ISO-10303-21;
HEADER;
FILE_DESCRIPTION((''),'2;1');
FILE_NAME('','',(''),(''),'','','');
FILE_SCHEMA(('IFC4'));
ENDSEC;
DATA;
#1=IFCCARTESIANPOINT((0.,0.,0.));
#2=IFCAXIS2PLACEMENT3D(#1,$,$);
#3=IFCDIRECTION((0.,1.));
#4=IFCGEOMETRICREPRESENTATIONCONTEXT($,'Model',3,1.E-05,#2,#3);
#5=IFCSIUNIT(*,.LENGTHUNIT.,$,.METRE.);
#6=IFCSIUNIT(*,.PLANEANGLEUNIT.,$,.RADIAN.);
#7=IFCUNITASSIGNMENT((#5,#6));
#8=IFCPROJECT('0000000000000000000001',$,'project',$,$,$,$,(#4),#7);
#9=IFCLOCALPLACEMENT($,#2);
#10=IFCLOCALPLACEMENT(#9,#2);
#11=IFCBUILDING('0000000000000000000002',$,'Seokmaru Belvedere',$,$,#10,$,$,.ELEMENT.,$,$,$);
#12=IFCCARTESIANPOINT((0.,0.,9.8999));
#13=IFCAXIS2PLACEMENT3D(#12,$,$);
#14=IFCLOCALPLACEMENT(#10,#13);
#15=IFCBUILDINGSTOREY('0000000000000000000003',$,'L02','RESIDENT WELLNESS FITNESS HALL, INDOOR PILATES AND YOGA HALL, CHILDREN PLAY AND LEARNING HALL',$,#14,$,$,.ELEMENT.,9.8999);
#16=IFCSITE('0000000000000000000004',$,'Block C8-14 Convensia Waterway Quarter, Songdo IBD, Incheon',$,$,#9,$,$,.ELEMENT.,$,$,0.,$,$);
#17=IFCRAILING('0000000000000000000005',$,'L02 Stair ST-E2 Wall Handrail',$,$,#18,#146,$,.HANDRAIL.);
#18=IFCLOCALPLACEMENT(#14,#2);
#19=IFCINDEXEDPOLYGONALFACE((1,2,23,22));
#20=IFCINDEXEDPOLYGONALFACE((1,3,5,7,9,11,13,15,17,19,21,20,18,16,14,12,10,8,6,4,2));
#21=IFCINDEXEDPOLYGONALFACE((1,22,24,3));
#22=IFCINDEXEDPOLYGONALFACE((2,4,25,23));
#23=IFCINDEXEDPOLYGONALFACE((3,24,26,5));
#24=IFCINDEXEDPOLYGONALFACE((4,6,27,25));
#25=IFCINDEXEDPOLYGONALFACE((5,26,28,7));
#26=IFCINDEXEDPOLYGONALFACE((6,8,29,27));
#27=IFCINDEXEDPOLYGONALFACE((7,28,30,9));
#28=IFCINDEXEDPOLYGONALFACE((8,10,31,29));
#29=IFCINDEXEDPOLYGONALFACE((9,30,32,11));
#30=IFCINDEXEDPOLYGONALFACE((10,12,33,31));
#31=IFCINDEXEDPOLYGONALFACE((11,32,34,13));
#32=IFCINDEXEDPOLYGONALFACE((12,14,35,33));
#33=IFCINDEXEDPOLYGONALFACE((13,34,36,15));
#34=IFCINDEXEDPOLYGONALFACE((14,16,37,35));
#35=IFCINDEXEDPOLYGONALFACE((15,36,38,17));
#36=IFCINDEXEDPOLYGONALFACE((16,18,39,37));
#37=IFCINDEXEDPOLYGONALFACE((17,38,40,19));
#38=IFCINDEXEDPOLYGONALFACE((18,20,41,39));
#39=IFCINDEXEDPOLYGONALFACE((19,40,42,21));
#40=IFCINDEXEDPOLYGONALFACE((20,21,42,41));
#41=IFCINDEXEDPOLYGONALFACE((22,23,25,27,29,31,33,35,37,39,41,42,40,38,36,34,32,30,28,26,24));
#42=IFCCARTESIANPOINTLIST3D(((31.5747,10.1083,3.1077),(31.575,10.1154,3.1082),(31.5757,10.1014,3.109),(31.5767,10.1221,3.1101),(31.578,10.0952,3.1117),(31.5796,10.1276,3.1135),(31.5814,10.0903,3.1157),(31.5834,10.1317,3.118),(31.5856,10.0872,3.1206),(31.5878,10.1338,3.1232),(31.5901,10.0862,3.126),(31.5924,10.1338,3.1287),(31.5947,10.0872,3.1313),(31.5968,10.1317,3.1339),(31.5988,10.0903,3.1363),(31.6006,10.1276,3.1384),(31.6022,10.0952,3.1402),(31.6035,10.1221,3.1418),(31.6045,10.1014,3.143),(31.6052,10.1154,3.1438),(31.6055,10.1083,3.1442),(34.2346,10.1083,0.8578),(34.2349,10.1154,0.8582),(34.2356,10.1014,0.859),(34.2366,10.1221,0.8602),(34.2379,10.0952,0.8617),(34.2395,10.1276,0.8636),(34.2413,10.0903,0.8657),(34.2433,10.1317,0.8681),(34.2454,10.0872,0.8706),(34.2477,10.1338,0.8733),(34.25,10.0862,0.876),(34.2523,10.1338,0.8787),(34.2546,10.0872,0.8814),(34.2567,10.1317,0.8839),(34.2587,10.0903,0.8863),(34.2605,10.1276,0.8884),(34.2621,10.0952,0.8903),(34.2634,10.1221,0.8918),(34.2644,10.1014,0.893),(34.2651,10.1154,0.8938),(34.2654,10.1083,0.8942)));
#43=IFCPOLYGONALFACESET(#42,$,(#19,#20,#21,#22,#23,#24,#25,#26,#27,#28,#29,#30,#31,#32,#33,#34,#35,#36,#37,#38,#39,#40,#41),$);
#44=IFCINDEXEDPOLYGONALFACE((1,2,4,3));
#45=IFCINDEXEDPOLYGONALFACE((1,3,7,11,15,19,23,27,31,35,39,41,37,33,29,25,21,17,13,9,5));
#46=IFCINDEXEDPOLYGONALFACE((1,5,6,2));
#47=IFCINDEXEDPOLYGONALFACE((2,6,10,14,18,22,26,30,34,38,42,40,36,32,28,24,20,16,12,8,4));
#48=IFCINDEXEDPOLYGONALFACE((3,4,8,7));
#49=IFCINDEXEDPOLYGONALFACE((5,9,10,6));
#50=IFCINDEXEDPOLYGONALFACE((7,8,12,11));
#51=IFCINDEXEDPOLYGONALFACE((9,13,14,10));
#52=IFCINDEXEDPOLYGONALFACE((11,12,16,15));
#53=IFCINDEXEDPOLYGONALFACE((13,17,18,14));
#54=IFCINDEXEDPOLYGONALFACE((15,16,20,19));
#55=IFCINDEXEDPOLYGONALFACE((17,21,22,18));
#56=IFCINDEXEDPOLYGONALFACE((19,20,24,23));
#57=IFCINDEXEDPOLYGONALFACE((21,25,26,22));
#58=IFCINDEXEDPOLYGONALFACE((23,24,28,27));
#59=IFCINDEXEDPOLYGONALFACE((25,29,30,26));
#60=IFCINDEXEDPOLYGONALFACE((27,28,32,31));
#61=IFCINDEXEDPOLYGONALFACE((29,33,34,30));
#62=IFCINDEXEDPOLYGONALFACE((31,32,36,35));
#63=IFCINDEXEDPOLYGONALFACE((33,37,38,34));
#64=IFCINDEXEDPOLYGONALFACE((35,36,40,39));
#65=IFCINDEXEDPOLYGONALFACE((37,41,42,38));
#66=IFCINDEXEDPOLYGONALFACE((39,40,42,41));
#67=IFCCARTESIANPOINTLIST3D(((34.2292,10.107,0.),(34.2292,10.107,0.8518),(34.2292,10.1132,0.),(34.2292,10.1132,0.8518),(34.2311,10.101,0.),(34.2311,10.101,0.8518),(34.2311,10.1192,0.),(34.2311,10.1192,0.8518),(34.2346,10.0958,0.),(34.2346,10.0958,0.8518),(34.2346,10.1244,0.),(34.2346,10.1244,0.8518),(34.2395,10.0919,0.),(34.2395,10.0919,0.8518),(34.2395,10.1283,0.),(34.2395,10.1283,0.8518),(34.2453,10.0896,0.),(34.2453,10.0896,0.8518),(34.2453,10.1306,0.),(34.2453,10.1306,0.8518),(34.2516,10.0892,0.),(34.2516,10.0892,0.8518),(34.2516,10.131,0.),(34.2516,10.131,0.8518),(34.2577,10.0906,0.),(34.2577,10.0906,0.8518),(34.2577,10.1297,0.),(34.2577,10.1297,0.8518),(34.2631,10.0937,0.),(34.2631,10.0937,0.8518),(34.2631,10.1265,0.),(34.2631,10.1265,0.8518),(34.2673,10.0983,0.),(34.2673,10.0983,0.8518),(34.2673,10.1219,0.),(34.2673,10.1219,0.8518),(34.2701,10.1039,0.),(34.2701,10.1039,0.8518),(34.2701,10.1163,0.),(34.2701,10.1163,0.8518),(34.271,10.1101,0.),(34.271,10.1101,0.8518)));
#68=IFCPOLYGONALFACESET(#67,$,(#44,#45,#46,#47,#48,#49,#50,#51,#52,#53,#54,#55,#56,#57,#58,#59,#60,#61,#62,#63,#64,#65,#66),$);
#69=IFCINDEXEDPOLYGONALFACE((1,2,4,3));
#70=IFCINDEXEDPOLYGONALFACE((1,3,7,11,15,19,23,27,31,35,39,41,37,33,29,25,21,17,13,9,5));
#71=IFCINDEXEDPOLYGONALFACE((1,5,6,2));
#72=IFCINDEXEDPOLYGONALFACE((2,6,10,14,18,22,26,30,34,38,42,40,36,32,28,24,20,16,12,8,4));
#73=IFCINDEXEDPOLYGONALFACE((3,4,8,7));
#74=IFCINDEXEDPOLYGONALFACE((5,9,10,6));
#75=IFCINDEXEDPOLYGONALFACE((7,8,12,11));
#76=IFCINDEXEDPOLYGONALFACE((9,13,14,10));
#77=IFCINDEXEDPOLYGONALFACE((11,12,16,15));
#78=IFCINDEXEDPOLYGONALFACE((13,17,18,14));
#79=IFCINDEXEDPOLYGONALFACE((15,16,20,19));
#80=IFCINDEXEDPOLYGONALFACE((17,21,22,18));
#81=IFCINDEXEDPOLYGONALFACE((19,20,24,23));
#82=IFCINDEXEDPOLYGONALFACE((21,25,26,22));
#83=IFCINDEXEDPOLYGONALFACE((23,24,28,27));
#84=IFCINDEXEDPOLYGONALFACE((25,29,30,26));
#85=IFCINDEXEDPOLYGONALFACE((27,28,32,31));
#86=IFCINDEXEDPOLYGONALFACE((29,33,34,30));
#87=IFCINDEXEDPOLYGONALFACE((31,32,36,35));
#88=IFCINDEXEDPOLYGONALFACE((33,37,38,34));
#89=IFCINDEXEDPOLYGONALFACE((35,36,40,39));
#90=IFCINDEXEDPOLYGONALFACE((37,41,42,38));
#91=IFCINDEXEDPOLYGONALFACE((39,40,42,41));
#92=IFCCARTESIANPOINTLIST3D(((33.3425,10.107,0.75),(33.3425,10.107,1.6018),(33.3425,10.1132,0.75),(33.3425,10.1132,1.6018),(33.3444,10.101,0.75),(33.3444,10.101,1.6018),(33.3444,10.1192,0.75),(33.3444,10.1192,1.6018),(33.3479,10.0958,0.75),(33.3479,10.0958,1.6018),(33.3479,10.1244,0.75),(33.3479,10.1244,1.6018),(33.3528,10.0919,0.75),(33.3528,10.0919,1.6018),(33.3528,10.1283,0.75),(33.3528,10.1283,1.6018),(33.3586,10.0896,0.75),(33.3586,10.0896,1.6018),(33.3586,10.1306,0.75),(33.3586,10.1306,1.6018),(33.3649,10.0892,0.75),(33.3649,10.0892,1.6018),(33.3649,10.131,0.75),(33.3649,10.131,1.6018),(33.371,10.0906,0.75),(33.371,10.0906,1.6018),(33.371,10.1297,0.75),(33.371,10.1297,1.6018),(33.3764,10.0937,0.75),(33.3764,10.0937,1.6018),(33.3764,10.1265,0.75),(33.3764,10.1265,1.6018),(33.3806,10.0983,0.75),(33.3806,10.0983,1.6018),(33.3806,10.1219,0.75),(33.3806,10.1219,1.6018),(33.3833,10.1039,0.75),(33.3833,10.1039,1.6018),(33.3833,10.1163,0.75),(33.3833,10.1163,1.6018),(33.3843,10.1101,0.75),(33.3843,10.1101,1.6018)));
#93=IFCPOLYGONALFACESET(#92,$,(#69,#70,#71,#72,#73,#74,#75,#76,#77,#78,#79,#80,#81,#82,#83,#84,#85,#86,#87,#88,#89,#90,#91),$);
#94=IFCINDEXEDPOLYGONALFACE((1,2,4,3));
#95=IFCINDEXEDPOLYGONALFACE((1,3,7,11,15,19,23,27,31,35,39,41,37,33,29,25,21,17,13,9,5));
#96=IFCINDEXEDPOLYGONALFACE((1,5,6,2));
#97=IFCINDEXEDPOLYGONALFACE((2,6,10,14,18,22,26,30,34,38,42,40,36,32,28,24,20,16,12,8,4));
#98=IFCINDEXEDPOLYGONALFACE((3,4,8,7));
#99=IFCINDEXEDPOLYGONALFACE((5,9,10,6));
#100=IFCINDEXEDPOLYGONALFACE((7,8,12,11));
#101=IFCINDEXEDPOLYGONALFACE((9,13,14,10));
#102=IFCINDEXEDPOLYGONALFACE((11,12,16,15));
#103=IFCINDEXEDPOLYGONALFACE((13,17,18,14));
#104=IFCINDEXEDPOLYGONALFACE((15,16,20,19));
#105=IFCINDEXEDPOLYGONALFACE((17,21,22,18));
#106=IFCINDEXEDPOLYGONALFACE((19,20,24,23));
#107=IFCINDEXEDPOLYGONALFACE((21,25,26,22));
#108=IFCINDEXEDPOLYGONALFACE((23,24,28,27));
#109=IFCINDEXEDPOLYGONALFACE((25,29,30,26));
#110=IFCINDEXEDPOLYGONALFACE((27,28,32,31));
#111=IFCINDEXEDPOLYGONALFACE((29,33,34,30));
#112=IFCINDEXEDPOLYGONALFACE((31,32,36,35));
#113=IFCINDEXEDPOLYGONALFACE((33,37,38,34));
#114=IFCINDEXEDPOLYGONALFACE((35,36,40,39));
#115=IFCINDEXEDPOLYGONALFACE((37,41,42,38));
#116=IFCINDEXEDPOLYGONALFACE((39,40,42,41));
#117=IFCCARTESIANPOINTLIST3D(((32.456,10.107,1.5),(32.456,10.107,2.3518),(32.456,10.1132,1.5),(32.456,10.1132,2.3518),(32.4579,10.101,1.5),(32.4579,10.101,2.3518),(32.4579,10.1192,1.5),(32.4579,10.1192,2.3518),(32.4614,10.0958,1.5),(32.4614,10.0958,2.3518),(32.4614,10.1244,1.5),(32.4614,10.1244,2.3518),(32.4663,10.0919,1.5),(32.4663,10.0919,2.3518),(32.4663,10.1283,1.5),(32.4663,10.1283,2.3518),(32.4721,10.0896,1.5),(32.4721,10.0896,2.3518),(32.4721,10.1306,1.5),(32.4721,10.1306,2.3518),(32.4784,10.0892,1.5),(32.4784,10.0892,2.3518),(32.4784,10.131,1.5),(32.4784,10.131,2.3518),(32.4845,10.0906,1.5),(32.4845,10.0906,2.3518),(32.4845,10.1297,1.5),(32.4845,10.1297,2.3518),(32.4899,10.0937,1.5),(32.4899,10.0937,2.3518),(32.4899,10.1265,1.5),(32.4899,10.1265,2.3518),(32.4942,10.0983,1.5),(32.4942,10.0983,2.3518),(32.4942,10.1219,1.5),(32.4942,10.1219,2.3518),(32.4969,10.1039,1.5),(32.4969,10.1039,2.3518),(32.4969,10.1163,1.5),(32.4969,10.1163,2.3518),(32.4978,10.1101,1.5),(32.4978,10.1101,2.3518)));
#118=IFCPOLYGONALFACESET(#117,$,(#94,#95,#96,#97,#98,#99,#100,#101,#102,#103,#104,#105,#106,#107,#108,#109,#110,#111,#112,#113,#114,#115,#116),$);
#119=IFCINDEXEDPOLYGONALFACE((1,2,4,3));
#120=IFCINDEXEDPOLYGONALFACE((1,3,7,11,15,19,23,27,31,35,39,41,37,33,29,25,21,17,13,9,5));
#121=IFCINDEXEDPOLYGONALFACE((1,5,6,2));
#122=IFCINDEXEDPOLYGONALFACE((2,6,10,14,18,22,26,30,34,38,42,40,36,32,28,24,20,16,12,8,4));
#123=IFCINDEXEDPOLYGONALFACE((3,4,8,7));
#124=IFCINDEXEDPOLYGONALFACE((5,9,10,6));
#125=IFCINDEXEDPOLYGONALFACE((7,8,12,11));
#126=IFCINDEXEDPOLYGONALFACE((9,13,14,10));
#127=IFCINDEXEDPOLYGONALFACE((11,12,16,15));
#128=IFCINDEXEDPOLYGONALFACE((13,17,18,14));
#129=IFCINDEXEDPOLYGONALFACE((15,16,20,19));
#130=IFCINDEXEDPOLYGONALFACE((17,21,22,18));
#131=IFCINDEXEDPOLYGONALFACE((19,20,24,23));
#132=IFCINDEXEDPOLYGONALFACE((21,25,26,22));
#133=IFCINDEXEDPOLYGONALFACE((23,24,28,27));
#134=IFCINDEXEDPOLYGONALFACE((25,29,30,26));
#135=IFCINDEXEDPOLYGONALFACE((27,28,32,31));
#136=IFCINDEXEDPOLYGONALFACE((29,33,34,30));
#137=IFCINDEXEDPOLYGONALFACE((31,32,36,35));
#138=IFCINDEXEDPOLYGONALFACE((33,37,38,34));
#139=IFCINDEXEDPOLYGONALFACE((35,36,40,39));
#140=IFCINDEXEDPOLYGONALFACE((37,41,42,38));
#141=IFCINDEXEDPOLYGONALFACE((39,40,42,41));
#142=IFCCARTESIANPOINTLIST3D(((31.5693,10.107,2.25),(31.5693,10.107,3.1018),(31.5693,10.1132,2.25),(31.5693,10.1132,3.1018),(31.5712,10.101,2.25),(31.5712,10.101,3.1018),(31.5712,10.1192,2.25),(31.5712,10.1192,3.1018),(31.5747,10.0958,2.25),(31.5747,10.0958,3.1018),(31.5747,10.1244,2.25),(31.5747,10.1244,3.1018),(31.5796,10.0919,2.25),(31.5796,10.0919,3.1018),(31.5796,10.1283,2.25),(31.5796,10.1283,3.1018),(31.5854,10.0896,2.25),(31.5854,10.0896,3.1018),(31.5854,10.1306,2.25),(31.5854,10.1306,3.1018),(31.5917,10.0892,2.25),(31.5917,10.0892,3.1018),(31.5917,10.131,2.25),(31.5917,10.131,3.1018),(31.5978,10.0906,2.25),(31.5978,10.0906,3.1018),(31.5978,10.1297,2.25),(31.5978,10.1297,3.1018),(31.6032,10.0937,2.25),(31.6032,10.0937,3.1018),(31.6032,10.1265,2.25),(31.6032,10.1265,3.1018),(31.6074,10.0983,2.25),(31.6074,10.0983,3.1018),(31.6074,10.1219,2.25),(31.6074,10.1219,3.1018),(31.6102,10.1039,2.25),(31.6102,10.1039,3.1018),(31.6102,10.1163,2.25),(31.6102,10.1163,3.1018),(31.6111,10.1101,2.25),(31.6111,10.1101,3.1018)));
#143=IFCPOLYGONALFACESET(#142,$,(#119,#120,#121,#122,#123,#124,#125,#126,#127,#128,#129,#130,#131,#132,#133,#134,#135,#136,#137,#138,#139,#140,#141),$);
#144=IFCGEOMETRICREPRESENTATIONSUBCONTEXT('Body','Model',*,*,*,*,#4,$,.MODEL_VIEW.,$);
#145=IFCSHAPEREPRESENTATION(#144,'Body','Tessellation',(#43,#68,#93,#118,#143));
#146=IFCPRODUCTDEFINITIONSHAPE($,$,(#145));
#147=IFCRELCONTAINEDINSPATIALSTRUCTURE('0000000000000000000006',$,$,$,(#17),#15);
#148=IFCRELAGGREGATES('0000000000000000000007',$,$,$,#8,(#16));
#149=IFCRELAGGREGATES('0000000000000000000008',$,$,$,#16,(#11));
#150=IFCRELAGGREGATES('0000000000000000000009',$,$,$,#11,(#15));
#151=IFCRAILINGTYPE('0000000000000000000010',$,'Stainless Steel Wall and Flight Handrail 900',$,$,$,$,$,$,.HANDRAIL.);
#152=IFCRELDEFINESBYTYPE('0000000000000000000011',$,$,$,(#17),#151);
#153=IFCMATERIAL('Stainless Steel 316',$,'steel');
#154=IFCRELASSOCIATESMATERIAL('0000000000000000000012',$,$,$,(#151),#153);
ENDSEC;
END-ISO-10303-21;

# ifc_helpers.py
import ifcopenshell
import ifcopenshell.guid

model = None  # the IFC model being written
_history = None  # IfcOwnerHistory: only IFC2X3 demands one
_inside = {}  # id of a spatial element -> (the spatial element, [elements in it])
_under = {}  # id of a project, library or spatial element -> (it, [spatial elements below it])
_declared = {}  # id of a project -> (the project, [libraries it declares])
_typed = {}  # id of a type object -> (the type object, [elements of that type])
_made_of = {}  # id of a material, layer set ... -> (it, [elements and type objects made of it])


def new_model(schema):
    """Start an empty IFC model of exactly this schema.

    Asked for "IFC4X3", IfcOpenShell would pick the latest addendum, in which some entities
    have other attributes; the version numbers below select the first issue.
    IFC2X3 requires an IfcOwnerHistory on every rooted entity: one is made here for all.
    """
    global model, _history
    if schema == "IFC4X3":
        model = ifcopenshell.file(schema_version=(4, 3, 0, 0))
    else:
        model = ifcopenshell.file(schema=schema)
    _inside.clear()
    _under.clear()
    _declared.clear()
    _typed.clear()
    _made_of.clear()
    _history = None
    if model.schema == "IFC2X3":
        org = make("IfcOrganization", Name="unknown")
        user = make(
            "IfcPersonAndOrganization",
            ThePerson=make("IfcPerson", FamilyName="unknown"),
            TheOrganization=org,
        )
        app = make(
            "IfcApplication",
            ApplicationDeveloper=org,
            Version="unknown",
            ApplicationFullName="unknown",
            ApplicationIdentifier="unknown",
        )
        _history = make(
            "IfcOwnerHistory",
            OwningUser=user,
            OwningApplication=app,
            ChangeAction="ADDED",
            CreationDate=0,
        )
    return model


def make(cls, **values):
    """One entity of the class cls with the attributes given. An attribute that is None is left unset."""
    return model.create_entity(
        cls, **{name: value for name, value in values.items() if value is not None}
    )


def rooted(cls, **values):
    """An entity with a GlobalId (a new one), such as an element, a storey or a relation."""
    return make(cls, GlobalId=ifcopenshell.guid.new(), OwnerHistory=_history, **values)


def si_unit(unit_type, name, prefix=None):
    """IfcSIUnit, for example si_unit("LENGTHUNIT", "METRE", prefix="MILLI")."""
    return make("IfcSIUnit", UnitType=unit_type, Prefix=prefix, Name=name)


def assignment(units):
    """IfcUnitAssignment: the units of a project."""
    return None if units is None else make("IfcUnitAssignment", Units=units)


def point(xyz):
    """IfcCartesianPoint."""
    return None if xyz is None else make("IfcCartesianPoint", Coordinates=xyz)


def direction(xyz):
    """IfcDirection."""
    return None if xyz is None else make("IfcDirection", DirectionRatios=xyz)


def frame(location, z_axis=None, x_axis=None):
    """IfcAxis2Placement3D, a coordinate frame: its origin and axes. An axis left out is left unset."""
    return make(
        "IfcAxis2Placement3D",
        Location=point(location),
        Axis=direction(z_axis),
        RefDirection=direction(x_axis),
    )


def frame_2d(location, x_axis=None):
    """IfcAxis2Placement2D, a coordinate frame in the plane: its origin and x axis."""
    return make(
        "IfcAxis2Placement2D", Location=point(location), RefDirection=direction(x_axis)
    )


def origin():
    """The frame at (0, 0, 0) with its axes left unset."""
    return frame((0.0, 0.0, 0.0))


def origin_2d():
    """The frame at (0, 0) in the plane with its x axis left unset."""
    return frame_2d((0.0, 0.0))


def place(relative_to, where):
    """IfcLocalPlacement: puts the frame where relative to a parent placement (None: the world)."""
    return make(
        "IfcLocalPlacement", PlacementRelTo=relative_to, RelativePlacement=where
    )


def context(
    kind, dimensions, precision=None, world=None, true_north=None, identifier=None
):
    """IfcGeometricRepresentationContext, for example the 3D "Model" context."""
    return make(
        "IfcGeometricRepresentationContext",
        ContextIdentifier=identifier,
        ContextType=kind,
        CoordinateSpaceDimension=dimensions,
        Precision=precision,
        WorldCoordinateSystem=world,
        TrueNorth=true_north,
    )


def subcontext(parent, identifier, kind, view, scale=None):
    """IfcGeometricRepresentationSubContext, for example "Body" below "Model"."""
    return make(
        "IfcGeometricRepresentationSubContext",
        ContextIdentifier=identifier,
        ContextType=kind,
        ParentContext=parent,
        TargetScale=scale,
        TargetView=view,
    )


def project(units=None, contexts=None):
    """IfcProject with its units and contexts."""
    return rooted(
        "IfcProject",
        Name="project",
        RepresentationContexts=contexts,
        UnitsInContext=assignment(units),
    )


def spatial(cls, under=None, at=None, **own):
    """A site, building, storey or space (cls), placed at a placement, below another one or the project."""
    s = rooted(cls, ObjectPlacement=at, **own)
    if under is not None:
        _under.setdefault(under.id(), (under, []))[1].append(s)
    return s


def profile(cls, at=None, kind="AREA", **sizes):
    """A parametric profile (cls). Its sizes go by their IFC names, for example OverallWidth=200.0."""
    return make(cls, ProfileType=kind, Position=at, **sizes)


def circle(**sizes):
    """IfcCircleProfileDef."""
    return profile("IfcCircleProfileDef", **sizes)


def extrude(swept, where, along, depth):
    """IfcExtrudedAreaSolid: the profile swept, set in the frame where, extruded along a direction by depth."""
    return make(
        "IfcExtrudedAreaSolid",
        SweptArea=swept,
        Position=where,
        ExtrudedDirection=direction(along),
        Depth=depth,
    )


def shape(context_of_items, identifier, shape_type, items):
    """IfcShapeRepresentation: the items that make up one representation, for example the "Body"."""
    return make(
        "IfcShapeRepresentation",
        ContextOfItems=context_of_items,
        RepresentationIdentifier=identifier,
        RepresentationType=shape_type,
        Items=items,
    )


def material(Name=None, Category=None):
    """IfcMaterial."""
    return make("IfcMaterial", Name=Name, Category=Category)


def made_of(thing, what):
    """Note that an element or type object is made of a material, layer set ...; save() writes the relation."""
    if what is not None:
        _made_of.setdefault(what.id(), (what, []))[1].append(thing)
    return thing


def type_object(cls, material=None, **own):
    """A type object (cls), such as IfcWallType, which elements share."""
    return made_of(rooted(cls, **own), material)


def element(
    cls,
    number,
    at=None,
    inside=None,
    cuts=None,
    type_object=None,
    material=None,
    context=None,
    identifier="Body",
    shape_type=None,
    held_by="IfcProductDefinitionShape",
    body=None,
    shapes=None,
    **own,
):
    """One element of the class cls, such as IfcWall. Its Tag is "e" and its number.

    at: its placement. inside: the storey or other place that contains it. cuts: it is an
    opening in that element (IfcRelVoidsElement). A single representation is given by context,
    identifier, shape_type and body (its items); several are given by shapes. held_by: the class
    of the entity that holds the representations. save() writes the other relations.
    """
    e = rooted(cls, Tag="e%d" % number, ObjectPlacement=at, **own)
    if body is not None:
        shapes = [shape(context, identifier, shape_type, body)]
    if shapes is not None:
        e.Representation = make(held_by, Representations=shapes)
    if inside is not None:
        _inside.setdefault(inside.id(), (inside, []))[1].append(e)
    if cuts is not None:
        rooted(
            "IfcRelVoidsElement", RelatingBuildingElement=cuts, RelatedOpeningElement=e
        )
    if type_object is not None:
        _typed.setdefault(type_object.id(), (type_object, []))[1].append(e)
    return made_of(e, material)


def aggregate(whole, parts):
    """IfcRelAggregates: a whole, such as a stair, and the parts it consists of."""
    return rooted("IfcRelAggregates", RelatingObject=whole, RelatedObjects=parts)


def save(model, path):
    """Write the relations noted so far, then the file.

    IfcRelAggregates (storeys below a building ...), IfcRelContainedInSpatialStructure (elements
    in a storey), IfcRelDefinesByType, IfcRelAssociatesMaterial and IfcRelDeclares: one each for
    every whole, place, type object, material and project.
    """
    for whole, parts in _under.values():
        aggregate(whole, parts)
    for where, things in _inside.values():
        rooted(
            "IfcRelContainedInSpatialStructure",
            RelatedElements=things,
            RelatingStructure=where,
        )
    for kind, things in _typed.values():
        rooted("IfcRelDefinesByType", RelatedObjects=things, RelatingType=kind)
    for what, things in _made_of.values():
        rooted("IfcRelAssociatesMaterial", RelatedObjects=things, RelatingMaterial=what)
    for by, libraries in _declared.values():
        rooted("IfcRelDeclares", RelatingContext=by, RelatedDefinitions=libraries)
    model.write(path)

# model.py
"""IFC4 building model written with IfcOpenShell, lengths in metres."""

from ifc_helpers import new_model, si_unit, direction, frame, origin, origin_2d, place, context, subcontext, project, spatial, circle, extrude, material, type_object, element, save


model = new_model("IFC4")

# Units and contexts
model_context = context("Model", 3, precision=1e-05, world=origin(), true_north=direction((0.0, 1.0)))
body_context = subcontext(model_context, "Body", "Model", "MODEL_VIEW")
ifc_project = project(units=[si_unit("LENGTHUNIT", "METRE"), si_unit("PLANEANGLEUNIT", "RADIAN")], contexts=[model_context])

# Site, building, storey
site_placement = place(None, origin())
site = spatial("IfcSite", under=ifc_project, at=site_placement, Name="Block C8-14 Convensia Waterway Quarter, Songdo IBD, Incheon", CompositionType="ELEMENT", RefElevation=0.0)
building_placement = place(site_placement, origin())
building = spatial("IfcBuilding", under=site, at=building_placement, Name="Seokmaru Belvedere", CompositionType="ELEMENT")
storey_placement = place(building_placement, frame((0.0, 0.0, 9.8999)))
storey = spatial("IfcBuildingStorey", under=building, at=storey_placement, Name="L02", Description="RESIDENT WELLNESS FITNESS HALL, INDOOR PILATES AND YOGA HALL, CHILDREN PLAY AND LEARNING HALL", CompositionType="ELEMENT", Elevation=9.8999)

# Railing
ifc_material_1 = material(Name="Stainless Steel 316", Category="steel")
railing_type_1 = type_object("IfcRailingType", Name="Stainless Steel Wall and Flight Handrail 900", PredefinedType="HANDRAIL", material=ifc_material_1)
railing_1_placement = place(storey_placement, frame((34.25, 10.1101, 0.0)))
element("IfcRailing", 1, at=railing_1_placement, inside=storey, type_object=railing_type_1, Name="L02 Stair ST-E2 Wall Handrail", PredefinedType="HANDRAIL", context=body_context, shape_type="SweptSolid", body=[
    extrude(circle(Radius=0.0239, at=origin_2d()), frame((0.0, 0.0, 0.876), z_axis=(-0.763485, 0.0, 0.645826), x_axis=(0.0, -1.0, 0.0)), (0.0, 0.0, 1.0), 3.4839),
    extrude(circle(Radius=0.021, at=origin_2d()), origin(), (0.0, 0.0, 1.0), 0.8518),
    extrude(circle(Radius=0.021, at=origin_2d()), frame((-0.8867, 0.0, 0.75)), (0.0, 0.0, 1.0), 0.8518),
    extrude(circle(Radius=0.021, at=origin_2d()), frame((-1.7732, 0.0, 1.5)), (0.0, 0.0, 1.0), 0.8518),
    extrude(circle(Radius=0.021, at=origin_2d()), frame((-2.6599, 0.0, 2.25)), (0.0, 0.0, 1.0), 0.8518),
])

save(model, "model.ifc")
